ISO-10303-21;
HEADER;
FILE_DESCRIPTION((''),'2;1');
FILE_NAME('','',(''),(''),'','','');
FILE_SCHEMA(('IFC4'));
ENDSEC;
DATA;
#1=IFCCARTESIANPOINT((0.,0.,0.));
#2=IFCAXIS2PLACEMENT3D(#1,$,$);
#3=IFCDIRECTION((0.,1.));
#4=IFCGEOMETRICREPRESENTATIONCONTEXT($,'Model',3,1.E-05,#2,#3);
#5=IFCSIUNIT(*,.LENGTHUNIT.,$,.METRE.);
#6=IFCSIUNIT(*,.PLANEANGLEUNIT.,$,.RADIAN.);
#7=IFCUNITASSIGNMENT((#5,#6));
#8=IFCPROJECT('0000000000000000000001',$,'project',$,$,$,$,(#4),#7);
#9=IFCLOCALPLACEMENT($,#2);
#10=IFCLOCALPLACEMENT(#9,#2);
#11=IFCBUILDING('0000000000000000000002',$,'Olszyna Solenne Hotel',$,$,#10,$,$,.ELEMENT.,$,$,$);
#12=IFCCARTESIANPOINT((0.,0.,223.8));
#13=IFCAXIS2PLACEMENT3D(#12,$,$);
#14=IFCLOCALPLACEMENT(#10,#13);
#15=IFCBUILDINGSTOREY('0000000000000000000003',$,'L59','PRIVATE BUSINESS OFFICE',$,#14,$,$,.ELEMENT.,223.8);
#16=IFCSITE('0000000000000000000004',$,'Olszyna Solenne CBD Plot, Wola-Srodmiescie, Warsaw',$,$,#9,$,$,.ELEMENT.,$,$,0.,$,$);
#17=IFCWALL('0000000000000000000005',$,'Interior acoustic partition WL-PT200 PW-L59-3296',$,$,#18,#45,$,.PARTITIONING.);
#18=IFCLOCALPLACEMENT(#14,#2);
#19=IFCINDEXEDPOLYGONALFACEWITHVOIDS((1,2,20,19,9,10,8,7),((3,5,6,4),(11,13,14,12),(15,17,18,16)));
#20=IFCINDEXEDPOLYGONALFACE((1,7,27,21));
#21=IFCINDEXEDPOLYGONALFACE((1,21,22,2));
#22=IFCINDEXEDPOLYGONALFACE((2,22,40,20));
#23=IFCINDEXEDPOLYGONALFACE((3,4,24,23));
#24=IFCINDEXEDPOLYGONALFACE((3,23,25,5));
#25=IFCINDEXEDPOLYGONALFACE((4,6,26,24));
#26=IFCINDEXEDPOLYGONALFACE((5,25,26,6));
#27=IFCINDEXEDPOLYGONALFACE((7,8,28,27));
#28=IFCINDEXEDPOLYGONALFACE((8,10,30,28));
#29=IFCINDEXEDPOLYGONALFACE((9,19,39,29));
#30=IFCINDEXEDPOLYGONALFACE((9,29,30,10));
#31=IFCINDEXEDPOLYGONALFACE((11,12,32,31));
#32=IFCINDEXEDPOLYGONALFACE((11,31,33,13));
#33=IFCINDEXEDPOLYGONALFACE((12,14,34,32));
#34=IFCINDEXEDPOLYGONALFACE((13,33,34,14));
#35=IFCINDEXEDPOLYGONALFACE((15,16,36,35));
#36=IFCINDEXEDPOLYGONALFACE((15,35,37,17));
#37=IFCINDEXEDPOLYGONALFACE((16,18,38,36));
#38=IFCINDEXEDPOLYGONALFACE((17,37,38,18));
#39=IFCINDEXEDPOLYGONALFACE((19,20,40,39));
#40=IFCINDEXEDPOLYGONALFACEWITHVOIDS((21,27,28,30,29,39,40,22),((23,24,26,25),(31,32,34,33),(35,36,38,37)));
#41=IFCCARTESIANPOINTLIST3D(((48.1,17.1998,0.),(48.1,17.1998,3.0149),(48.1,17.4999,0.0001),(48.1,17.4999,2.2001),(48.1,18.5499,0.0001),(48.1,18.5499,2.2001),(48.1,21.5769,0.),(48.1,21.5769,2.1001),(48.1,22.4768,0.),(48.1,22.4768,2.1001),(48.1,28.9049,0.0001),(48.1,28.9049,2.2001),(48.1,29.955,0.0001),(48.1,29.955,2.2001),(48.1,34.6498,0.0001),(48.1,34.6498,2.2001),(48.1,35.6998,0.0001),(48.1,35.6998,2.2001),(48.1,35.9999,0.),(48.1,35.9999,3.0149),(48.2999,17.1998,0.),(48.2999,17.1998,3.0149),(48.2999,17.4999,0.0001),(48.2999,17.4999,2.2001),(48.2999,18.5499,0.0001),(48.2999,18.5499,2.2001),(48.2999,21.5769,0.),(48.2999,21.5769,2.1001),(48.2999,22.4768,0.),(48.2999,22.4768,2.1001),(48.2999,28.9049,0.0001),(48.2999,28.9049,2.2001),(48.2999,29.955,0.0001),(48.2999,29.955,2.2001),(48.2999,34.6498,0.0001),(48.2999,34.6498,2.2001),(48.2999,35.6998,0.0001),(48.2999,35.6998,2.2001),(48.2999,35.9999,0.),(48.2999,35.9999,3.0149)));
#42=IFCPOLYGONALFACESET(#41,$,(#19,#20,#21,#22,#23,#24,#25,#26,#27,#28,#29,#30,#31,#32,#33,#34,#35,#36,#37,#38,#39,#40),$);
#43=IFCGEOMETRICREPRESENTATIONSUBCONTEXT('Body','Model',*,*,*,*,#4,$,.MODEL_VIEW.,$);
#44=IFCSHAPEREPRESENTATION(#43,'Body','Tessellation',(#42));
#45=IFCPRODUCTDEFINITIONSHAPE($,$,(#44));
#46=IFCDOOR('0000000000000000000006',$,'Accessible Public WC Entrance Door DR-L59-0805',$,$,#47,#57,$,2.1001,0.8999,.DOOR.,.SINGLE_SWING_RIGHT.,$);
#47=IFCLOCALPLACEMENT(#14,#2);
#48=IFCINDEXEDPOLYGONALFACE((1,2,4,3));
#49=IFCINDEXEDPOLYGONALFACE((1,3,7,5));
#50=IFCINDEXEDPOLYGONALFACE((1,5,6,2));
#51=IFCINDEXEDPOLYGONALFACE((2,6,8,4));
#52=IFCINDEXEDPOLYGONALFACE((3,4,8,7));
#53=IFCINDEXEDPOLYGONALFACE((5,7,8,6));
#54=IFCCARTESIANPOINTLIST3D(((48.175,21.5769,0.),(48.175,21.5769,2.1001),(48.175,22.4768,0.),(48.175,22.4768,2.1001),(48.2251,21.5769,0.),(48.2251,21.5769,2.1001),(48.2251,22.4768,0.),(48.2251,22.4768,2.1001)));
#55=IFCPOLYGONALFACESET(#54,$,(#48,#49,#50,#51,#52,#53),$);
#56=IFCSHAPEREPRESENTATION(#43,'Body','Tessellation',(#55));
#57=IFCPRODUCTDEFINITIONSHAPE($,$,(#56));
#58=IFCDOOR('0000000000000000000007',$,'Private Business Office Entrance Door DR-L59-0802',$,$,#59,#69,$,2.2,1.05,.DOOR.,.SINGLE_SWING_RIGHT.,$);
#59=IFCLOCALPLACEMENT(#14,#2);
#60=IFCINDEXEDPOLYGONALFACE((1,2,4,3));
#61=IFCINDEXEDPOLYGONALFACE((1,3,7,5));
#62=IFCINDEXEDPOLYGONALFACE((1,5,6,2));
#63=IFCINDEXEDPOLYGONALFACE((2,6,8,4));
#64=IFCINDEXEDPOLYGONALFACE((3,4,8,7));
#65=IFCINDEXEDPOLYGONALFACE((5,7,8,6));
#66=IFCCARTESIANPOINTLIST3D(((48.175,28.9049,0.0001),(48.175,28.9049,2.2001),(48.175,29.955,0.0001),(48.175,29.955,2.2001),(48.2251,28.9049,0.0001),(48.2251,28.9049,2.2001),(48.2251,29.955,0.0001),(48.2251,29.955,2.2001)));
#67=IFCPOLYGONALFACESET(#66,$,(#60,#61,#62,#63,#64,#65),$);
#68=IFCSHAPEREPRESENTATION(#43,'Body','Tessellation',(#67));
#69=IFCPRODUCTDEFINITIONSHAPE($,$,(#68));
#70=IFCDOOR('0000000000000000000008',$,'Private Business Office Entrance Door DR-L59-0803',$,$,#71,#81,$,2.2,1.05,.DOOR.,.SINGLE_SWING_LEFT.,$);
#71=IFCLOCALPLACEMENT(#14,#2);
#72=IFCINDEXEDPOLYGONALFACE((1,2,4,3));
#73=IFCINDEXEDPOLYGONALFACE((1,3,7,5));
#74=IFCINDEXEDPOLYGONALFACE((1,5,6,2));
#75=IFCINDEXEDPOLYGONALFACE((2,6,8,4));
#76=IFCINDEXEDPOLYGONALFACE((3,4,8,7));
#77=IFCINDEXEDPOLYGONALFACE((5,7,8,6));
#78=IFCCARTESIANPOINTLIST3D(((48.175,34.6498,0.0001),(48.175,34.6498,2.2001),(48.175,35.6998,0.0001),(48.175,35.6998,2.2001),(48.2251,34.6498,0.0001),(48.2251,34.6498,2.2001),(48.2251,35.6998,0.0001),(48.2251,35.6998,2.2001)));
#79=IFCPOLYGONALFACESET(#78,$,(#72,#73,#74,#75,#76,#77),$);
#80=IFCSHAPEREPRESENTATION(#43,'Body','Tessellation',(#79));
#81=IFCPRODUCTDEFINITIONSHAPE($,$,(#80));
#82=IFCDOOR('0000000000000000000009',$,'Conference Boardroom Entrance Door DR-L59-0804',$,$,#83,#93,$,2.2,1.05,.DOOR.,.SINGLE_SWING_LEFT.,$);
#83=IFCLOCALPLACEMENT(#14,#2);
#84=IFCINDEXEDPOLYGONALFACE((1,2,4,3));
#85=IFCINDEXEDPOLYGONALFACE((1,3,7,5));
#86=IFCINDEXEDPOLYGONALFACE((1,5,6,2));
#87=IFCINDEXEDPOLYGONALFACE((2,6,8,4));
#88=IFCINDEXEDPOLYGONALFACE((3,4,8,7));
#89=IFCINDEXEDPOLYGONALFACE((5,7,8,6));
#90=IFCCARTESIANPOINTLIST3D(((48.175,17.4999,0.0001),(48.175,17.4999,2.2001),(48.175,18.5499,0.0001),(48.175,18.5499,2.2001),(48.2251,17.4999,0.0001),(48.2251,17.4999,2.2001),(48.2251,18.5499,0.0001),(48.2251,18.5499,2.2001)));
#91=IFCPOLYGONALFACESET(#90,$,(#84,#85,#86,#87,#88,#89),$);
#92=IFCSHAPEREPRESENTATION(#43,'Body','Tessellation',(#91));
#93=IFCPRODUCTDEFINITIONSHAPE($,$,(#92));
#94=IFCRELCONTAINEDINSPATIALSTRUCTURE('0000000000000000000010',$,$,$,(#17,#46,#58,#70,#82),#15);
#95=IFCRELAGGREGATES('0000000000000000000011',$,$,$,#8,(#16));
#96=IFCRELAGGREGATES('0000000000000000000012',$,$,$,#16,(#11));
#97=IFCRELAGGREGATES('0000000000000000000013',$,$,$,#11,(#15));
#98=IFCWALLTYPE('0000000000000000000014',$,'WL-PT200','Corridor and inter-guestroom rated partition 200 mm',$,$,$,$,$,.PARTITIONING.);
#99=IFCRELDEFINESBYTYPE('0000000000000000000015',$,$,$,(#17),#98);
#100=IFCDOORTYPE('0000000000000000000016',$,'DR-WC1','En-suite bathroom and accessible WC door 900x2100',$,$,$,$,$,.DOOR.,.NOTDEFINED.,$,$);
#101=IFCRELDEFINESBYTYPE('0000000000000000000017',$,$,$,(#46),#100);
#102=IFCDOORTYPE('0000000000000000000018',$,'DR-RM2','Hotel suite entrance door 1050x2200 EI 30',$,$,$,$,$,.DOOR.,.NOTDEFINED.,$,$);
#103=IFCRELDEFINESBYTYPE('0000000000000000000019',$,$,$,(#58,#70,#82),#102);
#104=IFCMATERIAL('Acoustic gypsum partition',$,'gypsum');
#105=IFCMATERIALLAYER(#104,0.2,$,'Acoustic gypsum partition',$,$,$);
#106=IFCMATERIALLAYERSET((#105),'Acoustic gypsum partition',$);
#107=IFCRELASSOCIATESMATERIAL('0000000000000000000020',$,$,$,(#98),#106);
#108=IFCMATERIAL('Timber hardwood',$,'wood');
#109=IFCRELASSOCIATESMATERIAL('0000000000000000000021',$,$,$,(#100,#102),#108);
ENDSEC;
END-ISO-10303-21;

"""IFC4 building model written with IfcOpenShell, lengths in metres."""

from ifc_helpers import new_model, si_unit, direction, frame, frame_2d, origin, place, context, subcontext, project, spatial, rectangle, extrude, source, transform, mapped, material, layer, layer_set, type_object, type_shapes, element, fill, save


model = new_model("IFC4")

# Units and contexts
model_context = context("Model", 3, precision=1e-05, world=origin(), true_north=direction((0.0, 1.0)))
body_context = subcontext(model_context, "Body", "Model", "MODEL_VIEW")
ifc_project = project(units=[si_unit("LENGTHUNIT", "METRE"), si_unit("PLANEANGLEUNIT", "RADIAN")], contexts=[model_context])

# Site, building, storey
site_placement = place(None, origin())
site = spatial("IfcSite", under=ifc_project, at=site_placement, Name="Olszyna Solenne CBD Plot, Wola-Srodmiescie, Warsaw", CompositionType="ELEMENT", RefElevation=0.0)
building_placement = place(site_placement, origin())
building = spatial("IfcBuilding", under=site, at=building_placement, Name="Olszyna Solenne Hotel", CompositionType="ELEMENT")
storey_placement = place(building_placement, frame((0.0, 0.0, 223.8)))
storey = spatial("IfcBuildingStorey", under=building, at=storey_placement, Name="L59", Description="PRIVATE BUSINESS OFFICE", CompositionType="ELEMENT", Elevation=223.8)

# Shared definitions
ifc_material_1 = material(Name="Acoustic gypsum partition", Category="gypsum")
ifc_layer_1 = layer(ifc_material_1, 0.2, Name="Acoustic gypsum partition")
ifc_layer_set_1 = layer_set([ifc_layer_1], Name="Acoustic gypsum partition")
wall_type_1 = type_object("IfcWallType", Name="WL-PT200", Description="Corridor and inter-guestroom rated partition 200 mm", PredefinedType="PARTITIONING", material=ifc_layer_set_1)

# Wall, openings, doors
wall_1_placement = place(storey_placement, frame((48.2, 17.2, 0.0), z_axis=(0.0, 0.0, 1.0), x_axis=(0.0, 1.0, 0.0)))
wall_1 = element("IfcWall", 1, at=wall_1_placement, inside=storey, type_object=wall_type_1, Name="Interior acoustic partition WL-PT200 PW-L59-3296", PredefinedType="PARTITIONING", context=body_context, shape_type="SweptSolid", body=[
    extrude(rectangle(XDim=18.8, YDim=0.2, at=frame_2d((9.3999, 0.0))), origin(), (0.0, 0.0, 1.0), 3.0149),
])
opening_1_placement = place(wall_1_placement, frame((11.7051, 0.0, 0.0)))
opening_1 = element("IfcOpeningElement", 2, at=opening_1_placement, cuts=wall_1, PredefinedType="OPENING", context=body_context, shape_type="SweptSolid", body=[
    extrude(rectangle(XDim=1.05, YDim=2.2, at=frame_2d((0.5249, 1.1001))), frame((0.0, 0.1099, 0.0), z_axis=(0.0, -1.0, 0.0), x_axis=(1.0, 0.0, 0.0)), (0.0, 0.0, 1.0), 0.22),
])
opening_2_placement = place(wall_1_placement, frame((17.45, 0.0, 0.0)))
opening_2 = element("IfcOpeningElement", 3, at=opening_2_placement, cuts=wall_1, PredefinedType="OPENING", context=body_context, shape_type="SweptSolid", body=[
    extrude(rectangle(XDim=1.05, YDim=2.2, at=frame_2d((0.5249, 1.1001))), frame((0.0, 0.1099, 0.0), z_axis=(0.0, -1.0, 0.0), x_axis=(1.0, 0.0, 0.0)), (0.0, 0.0, 1.0), 0.22),
])
opening_3_placement = place(wall_1_placement, frame((0.3, 0.0, 0.0)))
opening_3 = element("IfcOpeningElement", 4, at=opening_3_placement, cuts=wall_1, PredefinedType="OPENING", context=body_context, shape_type="SweptSolid", body=[
    extrude(rectangle(XDim=1.05, YDim=2.2, at=frame_2d((0.5249, 1.1001))), frame((0.0, 0.1099, 0.0), z_axis=(0.0, -1.0, 0.0), x_axis=(1.0, 0.0, 0.0)), (0.0, 0.0, 1.0), 0.22),
])
opening_4_placement = place(wall_1_placement, frame((4.377, 0.0, 0.0)))
opening_4 = element("IfcOpeningElement", 5, at=opening_4_placement, cuts=wall_1, PredefinedType="OPENING", context=body_context, shape_type="SweptSolid", body=[
    extrude(rectangle(XDim=0.8999, YDim=2.1001, at=frame_2d((0.45, 1.05))), frame((0.0, 0.1099, 0.0), z_axis=(0.0, -1.0, 0.0), x_axis=(1.0, 0.0, 0.0)), (0.0, 0.0, 1.0), 0.22),
])
ifc_material_2 = material(Name="Timber hardwood", Category="wood")
door_type_1 = type_object("IfcDoorType", Name="DR-WC1", Description="En-suite bathroom and accessible WC door 900x2100", OperationType="NOTDEFINED", PredefinedType="DOOR", material=ifc_material_2)
shared_shape_1 = source(origin(), body_context, "Body", "SweptSolid", [
    extrude(rectangle(XDim=0.8999, YDim=2.1001, at=frame_2d((0.45, 1.05))), frame((0.0, 0.0249, 0.0), z_axis=(0.0, -1.0, 0.0), x_axis=(1.0, 0.0, 0.0)), (0.0, 0.0, 1.0), 0.05),
])
type_shapes(door_type_1, [shared_shape_1])
door_1_placement = place(opening_4_placement, origin())
door_1 = element("IfcDoor", 6, at=door_1_placement, inside=storey, type_object=door_type_1, Name="Accessible Public WC Entrance Door DR-L59-0805", OperationType="SINGLE_SWING_RIGHT", OverallHeight=2.1001, OverallWidth=0.8999, PredefinedType="DOOR", context=body_context, shape_type="MappedRepresentation", body=[
    mapped(shared_shape_1, transform((0.0, 0.0, 0.0), x_axis=(1.0, 0.0, 0.0), y_axis=(0.0, 1.0, 0.0), z_axis=(0.0, 0.0, 1.0), scale=1.0)),
])
fill(opening_4, door_1)
door_type_2 = type_object("IfcDoorType", Name="DR-RM2", Description="Hotel suite entrance door 1050x2200 EI 30", OperationType="NOTDEFINED", PredefinedType="DOOR", material=ifc_material_2)
shared_shape_2 = source(origin(), body_context, "Body", "SweptSolid", [
    extrude(rectangle(XDim=1.05, YDim=2.2, at=frame_2d((0.5249, 1.1001))), frame((0.0, 0.0249, 0.0), z_axis=(0.0, -1.0, 0.0), x_axis=(1.0, 0.0, 0.0)), (0.0, 0.0, 1.0), 0.05),
])
type_shapes(door_type_2, [shared_shape_2])
door_2_placement = place(opening_1_placement, origin())
door_2 = element("IfcDoor", 7, at=door_2_placement, inside=storey, type_object=door_type_2, Name="Private Business Office Entrance Door DR-L59-0802", OperationType="SINGLE_SWING_RIGHT", OverallHeight=2.2, OverallWidth=1.05, PredefinedType="DOOR", context=body_context, shape_type="MappedRepresentation", body=[
    mapped(shared_shape_2, transform((0.0, 0.0, 0.0), x_axis=(1.0, 0.0, 0.0), y_axis=(0.0, 1.0, 0.0), z_axis=(0.0, 0.0, 1.0), scale=1.0)),
])
fill(opening_1, door_2)
door_3_placement = place(opening_2_placement, origin())
door_3 = element("IfcDoor", 8, at=door_3_placement, inside=storey, type_object=door_type_2, Name="Private Business Office Entrance Door DR-L59-0803", OperationType="SINGLE_SWING_LEFT", OverallHeight=2.2, OverallWidth=1.05, PredefinedType="DOOR", context=body_context, shape_type="MappedRepresentation", body=[
    mapped(shared_shape_2, transform((0.0, 0.0, 0.0), x_axis=(1.0, 0.0, 0.0), y_axis=(0.0, 1.0, 0.0), z_axis=(0.0, 0.0, 1.0), scale=1.0)),
])
fill(opening_2, door_3)
door_4_placement = place(opening_3_placement, origin())
door_4 = element("IfcDoor", 9, at=door_4_placement, inside=storey, type_object=door_type_2, Name="Conference Boardroom Entrance Door DR-L59-0804", OperationType="SINGLE_SWING_LEFT", OverallHeight=2.2, OverallWidth=1.05, PredefinedType="DOOR", context=body_context, shape_type="MappedRepresentation", body=[
    mapped(shared_shape_2, transform((0.0, 0.0, 0.0), x_axis=(1.0, 0.0, 0.0), y_axis=(0.0, 1.0, 0.0), z_axis=(0.0, 0.0, 1.0), scale=1.0)),
])
fill(opening_3, door_4)

save(model, "model.ifc")
